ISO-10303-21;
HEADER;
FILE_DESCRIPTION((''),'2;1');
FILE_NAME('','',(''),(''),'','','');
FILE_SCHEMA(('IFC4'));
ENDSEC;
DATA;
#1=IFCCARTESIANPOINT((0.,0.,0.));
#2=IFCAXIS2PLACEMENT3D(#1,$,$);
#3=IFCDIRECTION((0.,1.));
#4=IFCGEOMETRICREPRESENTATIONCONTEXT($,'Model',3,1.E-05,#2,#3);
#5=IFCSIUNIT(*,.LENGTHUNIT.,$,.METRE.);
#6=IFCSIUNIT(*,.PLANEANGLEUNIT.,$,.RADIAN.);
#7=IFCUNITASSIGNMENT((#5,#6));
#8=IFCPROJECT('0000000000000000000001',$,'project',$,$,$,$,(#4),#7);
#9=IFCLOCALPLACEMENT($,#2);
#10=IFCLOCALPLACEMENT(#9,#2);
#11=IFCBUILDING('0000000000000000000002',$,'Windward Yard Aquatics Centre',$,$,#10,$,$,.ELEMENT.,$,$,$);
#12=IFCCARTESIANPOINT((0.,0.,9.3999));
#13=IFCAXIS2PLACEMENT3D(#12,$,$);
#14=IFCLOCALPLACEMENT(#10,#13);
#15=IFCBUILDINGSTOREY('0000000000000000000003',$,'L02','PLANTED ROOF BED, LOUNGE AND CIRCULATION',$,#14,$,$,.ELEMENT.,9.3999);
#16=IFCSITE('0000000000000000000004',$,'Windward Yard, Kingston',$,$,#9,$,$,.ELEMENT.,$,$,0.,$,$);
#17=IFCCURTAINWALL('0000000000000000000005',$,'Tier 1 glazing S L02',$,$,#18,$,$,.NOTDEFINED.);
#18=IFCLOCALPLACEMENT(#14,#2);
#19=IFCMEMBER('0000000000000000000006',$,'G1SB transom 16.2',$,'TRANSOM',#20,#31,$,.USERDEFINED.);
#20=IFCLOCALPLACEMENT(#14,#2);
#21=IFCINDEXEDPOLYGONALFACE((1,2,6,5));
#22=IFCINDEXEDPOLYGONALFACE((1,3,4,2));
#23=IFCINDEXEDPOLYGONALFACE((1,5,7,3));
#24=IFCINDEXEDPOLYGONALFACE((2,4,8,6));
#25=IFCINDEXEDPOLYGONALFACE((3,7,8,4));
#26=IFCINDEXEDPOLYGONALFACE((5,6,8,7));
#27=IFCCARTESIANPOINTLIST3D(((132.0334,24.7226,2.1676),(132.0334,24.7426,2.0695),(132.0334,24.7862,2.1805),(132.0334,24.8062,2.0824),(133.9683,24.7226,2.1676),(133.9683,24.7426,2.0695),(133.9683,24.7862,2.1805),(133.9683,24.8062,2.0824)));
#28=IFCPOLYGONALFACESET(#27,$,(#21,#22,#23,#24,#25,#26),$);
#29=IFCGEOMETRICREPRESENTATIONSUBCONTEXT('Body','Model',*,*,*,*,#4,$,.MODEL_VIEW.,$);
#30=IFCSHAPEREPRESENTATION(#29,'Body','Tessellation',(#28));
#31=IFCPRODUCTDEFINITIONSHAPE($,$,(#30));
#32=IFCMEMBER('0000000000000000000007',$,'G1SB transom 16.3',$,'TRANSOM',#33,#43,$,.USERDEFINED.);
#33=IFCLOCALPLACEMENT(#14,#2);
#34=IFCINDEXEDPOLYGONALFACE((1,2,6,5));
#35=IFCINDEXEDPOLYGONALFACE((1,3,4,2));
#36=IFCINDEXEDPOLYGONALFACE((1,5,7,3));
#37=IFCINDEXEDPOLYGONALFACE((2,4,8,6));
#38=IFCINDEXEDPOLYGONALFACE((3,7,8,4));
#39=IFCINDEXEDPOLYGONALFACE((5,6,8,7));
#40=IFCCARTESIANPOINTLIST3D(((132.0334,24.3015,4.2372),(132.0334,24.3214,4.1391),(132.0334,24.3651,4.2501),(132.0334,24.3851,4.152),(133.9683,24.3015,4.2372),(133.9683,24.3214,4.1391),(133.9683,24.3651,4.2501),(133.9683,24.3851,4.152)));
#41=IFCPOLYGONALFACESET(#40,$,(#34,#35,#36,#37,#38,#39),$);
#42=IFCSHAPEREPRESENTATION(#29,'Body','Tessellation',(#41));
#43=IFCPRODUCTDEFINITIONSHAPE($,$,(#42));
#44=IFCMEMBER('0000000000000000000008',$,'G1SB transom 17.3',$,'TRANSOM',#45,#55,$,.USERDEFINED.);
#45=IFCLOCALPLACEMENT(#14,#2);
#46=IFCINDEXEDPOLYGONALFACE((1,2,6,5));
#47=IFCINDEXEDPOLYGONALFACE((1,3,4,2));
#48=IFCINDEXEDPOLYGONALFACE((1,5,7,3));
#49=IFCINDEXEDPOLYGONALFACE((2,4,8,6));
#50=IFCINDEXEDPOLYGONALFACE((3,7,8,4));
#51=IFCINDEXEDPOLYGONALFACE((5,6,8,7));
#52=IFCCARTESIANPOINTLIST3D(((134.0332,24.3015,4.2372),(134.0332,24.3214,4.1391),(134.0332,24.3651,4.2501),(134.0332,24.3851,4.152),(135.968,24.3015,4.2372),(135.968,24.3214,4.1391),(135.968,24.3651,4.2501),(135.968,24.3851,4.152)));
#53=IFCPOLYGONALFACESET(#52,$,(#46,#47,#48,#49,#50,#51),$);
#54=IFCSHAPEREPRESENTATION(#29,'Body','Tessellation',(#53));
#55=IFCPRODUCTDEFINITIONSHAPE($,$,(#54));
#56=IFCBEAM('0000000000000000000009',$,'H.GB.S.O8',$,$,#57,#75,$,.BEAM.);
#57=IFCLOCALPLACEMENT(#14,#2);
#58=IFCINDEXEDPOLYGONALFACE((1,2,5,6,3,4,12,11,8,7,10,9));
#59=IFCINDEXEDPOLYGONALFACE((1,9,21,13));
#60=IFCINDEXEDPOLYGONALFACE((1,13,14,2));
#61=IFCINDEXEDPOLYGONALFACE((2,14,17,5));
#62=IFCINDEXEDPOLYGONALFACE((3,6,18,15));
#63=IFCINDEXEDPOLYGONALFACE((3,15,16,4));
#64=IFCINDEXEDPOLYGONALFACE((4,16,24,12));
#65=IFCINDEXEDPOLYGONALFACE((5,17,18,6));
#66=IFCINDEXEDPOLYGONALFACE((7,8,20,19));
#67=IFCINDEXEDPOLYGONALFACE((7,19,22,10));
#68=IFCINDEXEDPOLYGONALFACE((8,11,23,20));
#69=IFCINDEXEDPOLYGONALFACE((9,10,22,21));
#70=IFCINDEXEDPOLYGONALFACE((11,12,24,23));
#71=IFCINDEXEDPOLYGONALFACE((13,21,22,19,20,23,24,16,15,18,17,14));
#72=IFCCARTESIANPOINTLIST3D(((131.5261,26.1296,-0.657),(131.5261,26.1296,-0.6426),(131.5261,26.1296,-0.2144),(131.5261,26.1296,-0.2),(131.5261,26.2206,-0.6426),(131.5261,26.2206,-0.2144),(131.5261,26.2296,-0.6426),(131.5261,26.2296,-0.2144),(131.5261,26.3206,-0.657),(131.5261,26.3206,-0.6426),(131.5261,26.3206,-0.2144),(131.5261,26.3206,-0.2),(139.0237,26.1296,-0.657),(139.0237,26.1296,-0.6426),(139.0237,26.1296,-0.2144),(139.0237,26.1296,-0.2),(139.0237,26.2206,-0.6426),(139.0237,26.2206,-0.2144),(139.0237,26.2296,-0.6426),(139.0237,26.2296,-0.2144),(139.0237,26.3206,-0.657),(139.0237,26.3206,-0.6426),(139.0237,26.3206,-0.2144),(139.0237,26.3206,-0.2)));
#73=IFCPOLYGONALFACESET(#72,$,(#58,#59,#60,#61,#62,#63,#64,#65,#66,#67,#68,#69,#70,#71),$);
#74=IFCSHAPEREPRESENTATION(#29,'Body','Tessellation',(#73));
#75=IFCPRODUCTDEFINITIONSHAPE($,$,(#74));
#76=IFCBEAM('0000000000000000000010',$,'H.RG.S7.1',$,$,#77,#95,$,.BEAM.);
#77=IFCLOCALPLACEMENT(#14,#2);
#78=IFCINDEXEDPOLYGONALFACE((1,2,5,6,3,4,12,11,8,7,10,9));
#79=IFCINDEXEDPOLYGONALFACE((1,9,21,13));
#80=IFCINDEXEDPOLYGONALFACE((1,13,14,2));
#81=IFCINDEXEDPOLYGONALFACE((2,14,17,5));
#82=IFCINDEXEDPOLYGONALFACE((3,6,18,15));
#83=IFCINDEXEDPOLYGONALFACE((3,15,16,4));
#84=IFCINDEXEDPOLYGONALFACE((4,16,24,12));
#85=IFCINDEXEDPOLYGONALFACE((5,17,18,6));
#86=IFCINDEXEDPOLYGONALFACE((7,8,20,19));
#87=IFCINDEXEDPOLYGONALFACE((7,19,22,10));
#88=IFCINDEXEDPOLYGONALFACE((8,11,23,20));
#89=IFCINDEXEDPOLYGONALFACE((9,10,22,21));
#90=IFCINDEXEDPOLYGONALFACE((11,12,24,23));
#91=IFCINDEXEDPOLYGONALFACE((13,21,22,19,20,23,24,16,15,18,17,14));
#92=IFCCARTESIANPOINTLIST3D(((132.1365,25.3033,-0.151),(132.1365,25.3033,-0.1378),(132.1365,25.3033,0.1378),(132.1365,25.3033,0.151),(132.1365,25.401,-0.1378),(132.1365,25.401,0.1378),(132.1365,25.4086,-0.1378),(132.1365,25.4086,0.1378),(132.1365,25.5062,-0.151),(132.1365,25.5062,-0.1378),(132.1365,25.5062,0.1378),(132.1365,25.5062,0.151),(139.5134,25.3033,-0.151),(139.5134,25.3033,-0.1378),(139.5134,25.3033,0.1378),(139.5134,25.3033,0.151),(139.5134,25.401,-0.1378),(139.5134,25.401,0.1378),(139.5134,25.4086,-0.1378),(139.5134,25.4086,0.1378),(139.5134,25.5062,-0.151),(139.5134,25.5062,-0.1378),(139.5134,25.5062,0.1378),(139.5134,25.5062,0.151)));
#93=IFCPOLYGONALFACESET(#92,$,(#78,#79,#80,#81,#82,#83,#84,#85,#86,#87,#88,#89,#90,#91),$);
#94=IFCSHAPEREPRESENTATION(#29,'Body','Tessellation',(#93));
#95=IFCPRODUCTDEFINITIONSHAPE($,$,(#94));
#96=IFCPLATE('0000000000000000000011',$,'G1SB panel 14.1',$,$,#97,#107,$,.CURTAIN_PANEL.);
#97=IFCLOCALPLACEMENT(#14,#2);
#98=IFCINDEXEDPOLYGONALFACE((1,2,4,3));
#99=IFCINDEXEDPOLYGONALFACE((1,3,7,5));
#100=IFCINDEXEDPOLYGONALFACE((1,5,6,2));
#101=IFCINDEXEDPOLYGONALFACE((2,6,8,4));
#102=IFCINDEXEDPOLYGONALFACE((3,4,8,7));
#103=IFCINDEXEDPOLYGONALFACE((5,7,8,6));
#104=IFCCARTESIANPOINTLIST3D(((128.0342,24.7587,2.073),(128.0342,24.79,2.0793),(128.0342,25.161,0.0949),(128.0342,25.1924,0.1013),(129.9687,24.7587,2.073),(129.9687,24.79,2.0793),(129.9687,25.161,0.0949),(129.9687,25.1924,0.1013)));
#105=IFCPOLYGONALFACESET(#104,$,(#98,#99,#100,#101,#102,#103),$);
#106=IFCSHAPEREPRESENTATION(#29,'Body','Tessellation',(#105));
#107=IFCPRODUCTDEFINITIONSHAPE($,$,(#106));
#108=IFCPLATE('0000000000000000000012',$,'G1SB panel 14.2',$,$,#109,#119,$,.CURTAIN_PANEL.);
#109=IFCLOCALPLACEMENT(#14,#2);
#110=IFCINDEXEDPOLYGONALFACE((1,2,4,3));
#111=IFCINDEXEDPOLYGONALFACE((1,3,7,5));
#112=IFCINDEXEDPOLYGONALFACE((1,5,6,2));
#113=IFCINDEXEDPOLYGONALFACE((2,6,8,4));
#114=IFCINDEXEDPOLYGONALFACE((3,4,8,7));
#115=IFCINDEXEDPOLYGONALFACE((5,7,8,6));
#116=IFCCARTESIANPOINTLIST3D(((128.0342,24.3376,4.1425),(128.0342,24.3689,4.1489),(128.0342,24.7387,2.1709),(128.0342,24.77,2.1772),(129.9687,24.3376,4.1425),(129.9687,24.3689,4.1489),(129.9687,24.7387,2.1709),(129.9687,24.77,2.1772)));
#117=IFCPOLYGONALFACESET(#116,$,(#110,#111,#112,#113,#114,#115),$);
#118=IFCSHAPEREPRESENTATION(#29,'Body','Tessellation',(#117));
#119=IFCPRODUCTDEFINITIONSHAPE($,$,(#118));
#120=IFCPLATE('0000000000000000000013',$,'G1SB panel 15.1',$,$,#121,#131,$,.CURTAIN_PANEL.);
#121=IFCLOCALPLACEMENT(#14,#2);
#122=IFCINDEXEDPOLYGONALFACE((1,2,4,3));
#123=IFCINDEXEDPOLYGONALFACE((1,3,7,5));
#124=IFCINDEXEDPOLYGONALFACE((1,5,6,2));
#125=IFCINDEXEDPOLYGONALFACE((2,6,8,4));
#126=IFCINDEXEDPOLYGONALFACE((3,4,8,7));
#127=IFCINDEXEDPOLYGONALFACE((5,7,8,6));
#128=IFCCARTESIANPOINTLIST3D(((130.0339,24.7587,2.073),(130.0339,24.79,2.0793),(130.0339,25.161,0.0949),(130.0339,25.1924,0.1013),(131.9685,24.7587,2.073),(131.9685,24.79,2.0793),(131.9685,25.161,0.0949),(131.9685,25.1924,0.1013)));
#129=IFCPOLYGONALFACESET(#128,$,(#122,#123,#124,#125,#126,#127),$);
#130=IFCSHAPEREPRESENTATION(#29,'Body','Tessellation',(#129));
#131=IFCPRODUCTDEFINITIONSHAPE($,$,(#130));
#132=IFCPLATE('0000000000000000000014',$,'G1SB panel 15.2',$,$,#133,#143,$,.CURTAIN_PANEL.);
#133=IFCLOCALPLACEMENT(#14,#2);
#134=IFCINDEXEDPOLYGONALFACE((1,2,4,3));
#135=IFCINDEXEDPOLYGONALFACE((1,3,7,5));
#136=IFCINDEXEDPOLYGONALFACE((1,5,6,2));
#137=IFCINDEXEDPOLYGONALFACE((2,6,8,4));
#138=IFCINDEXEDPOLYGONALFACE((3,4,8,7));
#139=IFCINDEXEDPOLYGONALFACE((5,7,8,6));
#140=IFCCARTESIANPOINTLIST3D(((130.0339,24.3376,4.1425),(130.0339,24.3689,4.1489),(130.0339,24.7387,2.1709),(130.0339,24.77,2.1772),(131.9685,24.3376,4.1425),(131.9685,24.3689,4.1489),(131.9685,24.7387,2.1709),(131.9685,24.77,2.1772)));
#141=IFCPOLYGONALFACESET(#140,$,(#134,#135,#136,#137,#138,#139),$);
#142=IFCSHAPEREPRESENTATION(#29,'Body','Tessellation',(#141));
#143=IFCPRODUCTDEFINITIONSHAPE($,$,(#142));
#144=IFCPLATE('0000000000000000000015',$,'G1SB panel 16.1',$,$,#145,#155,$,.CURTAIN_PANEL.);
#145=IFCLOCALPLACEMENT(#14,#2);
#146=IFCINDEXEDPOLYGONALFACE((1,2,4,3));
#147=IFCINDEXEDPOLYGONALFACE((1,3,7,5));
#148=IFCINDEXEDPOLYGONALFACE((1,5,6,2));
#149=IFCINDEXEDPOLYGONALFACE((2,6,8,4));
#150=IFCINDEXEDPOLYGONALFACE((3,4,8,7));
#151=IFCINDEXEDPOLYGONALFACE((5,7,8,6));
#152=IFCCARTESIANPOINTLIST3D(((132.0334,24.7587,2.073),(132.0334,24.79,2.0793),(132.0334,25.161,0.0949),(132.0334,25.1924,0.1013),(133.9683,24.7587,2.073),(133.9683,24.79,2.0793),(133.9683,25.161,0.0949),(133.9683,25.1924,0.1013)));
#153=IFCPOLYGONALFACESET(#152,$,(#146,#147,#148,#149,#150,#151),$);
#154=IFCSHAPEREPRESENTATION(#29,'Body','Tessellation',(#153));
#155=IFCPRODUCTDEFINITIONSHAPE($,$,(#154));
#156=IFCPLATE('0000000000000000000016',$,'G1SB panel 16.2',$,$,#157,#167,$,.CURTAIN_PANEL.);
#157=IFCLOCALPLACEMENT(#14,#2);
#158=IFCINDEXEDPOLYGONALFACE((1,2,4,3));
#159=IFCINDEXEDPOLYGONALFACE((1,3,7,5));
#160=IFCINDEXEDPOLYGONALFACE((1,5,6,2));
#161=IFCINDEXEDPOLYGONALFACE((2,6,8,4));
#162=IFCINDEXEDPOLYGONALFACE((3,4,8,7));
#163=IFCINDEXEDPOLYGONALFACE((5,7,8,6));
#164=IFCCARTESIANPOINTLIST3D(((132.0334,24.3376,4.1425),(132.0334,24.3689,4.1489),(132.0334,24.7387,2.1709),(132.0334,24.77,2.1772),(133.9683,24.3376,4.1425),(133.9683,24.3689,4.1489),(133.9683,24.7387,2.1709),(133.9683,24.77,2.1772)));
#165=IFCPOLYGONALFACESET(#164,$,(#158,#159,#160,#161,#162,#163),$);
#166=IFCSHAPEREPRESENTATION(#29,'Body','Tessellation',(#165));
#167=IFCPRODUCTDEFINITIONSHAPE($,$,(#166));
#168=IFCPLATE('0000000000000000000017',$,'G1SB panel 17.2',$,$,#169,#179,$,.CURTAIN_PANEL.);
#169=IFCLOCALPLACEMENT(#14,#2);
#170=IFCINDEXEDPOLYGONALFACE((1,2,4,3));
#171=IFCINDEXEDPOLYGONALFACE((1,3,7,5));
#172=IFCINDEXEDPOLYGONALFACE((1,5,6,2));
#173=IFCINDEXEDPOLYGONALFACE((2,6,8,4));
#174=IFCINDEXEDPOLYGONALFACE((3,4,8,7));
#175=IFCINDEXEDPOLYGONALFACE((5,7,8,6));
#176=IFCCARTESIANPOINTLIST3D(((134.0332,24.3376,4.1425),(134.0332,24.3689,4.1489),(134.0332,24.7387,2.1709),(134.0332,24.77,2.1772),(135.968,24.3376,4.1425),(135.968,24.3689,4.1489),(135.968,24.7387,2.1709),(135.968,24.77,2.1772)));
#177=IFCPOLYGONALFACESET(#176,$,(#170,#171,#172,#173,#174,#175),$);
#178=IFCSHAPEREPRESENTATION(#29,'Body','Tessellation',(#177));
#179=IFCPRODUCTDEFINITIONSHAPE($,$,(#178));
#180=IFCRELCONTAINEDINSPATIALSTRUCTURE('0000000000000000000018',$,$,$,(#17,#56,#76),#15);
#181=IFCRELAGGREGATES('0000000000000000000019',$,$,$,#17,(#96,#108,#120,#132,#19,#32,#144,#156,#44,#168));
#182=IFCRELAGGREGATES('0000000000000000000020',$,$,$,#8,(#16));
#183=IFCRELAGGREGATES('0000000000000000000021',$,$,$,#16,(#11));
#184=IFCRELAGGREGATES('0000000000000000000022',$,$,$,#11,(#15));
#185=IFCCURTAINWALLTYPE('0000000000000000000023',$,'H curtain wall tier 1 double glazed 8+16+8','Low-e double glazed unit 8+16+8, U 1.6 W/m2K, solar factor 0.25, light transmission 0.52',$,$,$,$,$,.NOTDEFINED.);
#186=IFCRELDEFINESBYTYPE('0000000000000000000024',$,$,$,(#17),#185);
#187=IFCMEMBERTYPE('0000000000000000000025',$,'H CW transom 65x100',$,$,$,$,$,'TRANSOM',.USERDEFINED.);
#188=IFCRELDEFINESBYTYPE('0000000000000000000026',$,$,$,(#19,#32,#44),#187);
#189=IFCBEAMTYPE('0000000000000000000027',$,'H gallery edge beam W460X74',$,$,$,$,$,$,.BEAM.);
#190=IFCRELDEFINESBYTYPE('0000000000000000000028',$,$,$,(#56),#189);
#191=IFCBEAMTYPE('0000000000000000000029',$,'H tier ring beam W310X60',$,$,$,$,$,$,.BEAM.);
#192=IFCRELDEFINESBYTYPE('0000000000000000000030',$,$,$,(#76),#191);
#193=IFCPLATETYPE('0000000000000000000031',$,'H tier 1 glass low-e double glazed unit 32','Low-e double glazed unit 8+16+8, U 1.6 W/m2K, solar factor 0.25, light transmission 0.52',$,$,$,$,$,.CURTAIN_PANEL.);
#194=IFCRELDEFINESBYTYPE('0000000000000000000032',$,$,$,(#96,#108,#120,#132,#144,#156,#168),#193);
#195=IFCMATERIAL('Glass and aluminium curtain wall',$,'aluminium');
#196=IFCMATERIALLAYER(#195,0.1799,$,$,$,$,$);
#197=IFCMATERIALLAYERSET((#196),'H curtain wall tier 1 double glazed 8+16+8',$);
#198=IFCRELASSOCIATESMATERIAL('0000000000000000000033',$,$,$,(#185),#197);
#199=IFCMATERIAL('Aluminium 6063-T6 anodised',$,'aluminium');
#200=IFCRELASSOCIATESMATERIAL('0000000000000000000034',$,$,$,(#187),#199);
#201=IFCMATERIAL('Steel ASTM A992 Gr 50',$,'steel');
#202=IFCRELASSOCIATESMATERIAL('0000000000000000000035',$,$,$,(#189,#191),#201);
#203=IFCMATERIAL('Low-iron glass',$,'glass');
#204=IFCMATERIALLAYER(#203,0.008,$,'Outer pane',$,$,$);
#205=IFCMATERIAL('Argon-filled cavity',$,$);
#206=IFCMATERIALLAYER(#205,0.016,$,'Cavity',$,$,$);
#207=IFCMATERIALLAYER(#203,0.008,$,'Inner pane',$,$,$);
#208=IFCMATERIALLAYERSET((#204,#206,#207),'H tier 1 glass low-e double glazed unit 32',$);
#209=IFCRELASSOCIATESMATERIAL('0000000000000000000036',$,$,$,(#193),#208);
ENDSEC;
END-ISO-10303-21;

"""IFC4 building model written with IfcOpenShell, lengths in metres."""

from ifc_helpers import new_model, si_unit, direction, frame, origin, origin_2d, place, context, subcontext, project, spatial, polyline, rectangle, i_section, outline, extrude, material, layer, layer_set, material_profile, profile_set, type_object, element, aggregate, save


model = new_model("IFC4")

# Units and contexts
model_context = context("Model", 3, precision=1e-05, world=origin(), true_north=direction((0.0, 1.0)))
body_context = subcontext(model_context, "Body", "Model", "MODEL_VIEW")
ifc_project = project(units=[si_unit("LENGTHUNIT", "METRE"), si_unit("PLANEANGLEUNIT", "RADIAN")], contexts=[model_context])

# Site, building, storey
site_placement = place(None, origin())
site = spatial("IfcSite", under=ifc_project, at=site_placement, Name="Windward Yard, Kingston", CompositionType="ELEMENT", RefElevation=0.0)
building_placement = place(site_placement, origin())
building = spatial("IfcBuilding", under=site, at=building_placement, Name="Windward Yard Aquatics Centre", CompositionType="ELEMENT")
storey_placement = place(building_placement, frame((0.0, 0.0, 9.3999)))
storey = spatial("IfcBuildingStorey", under=building, at=storey_placement, Name="L02", Description="PLANTED ROOF BED, LOUNGE AND CIRCULATION", CompositionType="ELEMENT", Elevation=9.3999)

# Curtain wall, members
ifc_material_1 = material(Name="Glass and aluminium curtain wall", Category="aluminium")
ifc_layer_1 = layer(ifc_material_1, 0.1799)
ifc_layer_set_1 = layer_set([ifc_layer_1], Name="H curtain wall tier 1 double glazed 8+16+8")
curtain_wall_type = type_object("IfcCurtainWallType", Name="H curtain wall tier 1 double glazed 8+16+8", Description="Low-e double glazed unit 8+16+8, U 1.6 W/m2K, solar factor 0.25, light transmission 0.52", PredefinedType="NOTDEFINED", material=ifc_layer_set_1)
curtain_wall_placement = place(storey_placement, origin())
curtain_wall = element("IfcCurtainWall", 1, at=curtain_wall_placement, inside=storey, type_object=curtain_wall_type, Name="Tier 1 glazing S L02", PredefinedType="NOTDEFINED")
ifc_material_2 = material(Name="Aluminium 6063-T6 anodised", Category="aluminium")
ifc_material_profile_1 = material_profile(ifc_material_2, rectangle(XDim=0.0649, YDim=0.1001, at=origin_2d()), Name="H CW transom 65x100")
ifc_profile_set_1 = profile_set([ifc_material_profile_1], Name="Aluminium 6063-T6 anodised")
member_type_1 = type_object("IfcMemberType", Name="H CW transom 65x100", ElementType="TRANSOM", PredefinedType="USERDEFINED", material=ifc_profile_set_1)
member_1_placement = place(storey_placement, frame((132.0334, 24.7644, 2.125), z_axis=(1.0, 0.0, 0.0), x_axis=(0.0, 0.979925, 0.199368)))
member_1 = element("IfcMember", 2, at=member_1_placement, type_object=member_type_1, Name="G1SB transom 16.2", ObjectType="TRANSOM", PredefinedType="USERDEFINED", context=body_context, shape_type="SweptSolid", body=[
    extrude(rectangle(XDim=0.0649, YDim=0.1001, at=origin_2d()), origin(), (0.0, 0.0, 1.0), 1.9348),
])
member_2_placement = place(storey_placement, frame((132.0334, 24.3433, 4.1946), z_axis=(1.0, 0.0, 0.0), x_axis=(0.0, 0.979925, 0.199368)))
member_2 = element("IfcMember", 3, at=member_2_placement, type_object=member_type_1, Name="G1SB transom 16.3", ObjectType="TRANSOM", PredefinedType="USERDEFINED", context=body_context, shape_type="SweptSolid", body=[
    extrude(rectangle(XDim=0.0649, YDim=0.1001, at=origin_2d()), origin(), (0.0, 0.0, 1.0), 1.9348),
])
member_3_placement = place(storey_placement, frame((134.0332, 24.3433, 4.1946), z_axis=(1.0, 0.0, 0.0), x_axis=(0.0, 0.979925, 0.199368)))
member_3 = element("IfcMember", 4, at=member_3_placement, type_object=member_type_1, Name="G1SB transom 17.3", ObjectType="TRANSOM", PredefinedType="USERDEFINED", context=body_context, shape_type="SweptSolid", body=[
    extrude(rectangle(XDim=0.0649, YDim=0.1001, at=origin_2d()), origin(), (0.0, 0.0, 1.0), 1.9348),
])

# Beams
ifc_material_3 = material(Name="Steel ASTM A992 Gr 50", Category="steel")
ifc_material_profile_2 = material_profile(ifc_material_3, i_section(OverallWidth=0.1909, OverallDepth=0.457, WebThickness=0.009, FlangeThickness=0.0144, at=origin_2d()), Name="W460X74")
ifc_profile_set_2 = profile_set([ifc_material_profile_2], Name="Steel ASTM A992 Gr 50")
beam_type_1 = type_object("IfcBeamType", Name="H gallery edge beam W460X74", PredefinedType="BEAM", material=ifc_profile_set_2)
beam_1_placement = place(storey_placement, frame((131.5261, 26.2251, -0.4285), z_axis=(1.0, 0.0, 0.0), x_axis=(0.0, 1.0, 0.0)))
element("IfcBeam", 5, at=beam_1_placement, inside=storey, type_object=beam_type_1, Name="H.GB.S.O8", PredefinedType="BEAM", context=body_context, shape_type="SweptSolid", body=[
    extrude(i_section(OverallWidth=0.1909, OverallDepth=0.457, WebThickness=0.009, FlangeThickness=0.0144, at=origin_2d()), origin(), (0.0, 0.0, 1.0), 7.4976),
])
ifc_material_profile_3 = material_profile(ifc_material_3, i_section(OverallWidth=0.2029, OverallDepth=0.302, WebThickness=0.0076, FlangeThickness=0.0132, at=origin_2d()), Name="W310X60")
ifc_profile_set_3 = profile_set([ifc_material_profile_3], Name="Steel ASTM A992 Gr 50")
beam_type_2 = type_object("IfcBeamType", Name="H tier ring beam W310X60", PredefinedType="BEAM", material=ifc_profile_set_3)
beam_2_placement = place(storey_placement, frame((132.1365, 25.4048, 0.0), z_axis=(1.0, 0.0, 0.0), x_axis=(0.0, 1.0, 0.0)))
element("IfcBeam", 6, at=beam_2_placement, inside=storey, type_object=beam_type_2, Name="H.RG.S7.1", PredefinedType="BEAM", context=body_context, shape_type="SweptSolid", body=[
    extrude(i_section(OverallWidth=0.2029, OverallDepth=0.302, WebThickness=0.0076, FlangeThickness=0.0132, at=origin_2d()), origin(), (0.0, 0.0, 1.0), 7.377),
])

# Plates
ifc_material_4 = material(Name="Low-iron glass", Category="glass")
ifc_layer_2 = layer(ifc_material_4, 0.008, Name="Outer pane")
ifc_material_5 = material(Name="Argon-filled cavity")
ifc_layer_3 = layer(ifc_material_5, 0.016, Name="Cavity")
ifc_layer_4 = layer(ifc_material_4, 0.008, Name="Inner pane")
ifc_layer_set_2 = layer_set([ifc_layer_2, ifc_layer_3, ifc_layer_4], Name="H tier 1 glass low-e double glazed unit 32")
plate_type = type_object("IfcPlateType", Name="H tier 1 glass low-e double glazed unit 32", Description="Low-e double glazed unit 8+16+8, U 1.6 W/m2K, solar factor 0.25, light transmission 0.52", PredefinedType="CURTAIN_PANEL", material=ifc_layer_set_2)
plate_1_placement = place(storey_placement, frame((128.0342, 24.79, 2.0793), z_axis=(0.0, 0.979933, 0.199325), x_axis=(0.0, 0.199325, -0.979933)))
plate_1 = element("IfcPlate", 7, at=plate_1_placement, type_object=plate_type, Name="G1SB panel 14.1", PredefinedType="CURTAIN_PANEL", context=body_context, shape_type="SweptSolid", body=[
    extrude(outline(polyline([(0.0, 0.0), (2.0185, 0.0), (2.0185, -1.9346), (0.0, -1.9346), (0.0, 0.0)])), origin(), (0.0, 0.0, -1.0), 0.032),
])
plate_2_placement = place(storey_placement, frame((128.0342, 24.3689, 4.1489), z_axis=(0.0, 0.979927, 0.199359), x_axis=(0.0, 0.199359, -0.979927)))
plate_2 = element("IfcPlate", 8, at=plate_2_placement, type_object=plate_type, Name="G1SB panel 14.2", PredefinedType="CURTAIN_PANEL", context=body_context, shape_type="SweptSolid", body=[
    extrude(outline(polyline([(0.0, 0.0), (2.0121, 0.0), (2.0121, -1.9346), (0.0, -1.9346), (0.0, 0.0)])), origin(), (0.0, 0.0, -1.0), 0.032),
])
plate_3_placement = place(storey_placement, frame((130.0339, 24.79, 2.0793), z_axis=(0.0, 0.979933, 0.199325), x_axis=(0.0, 0.199325, -0.979933)))
plate_3 = element("IfcPlate", 9, at=plate_3_placement, type_object=plate_type, Name="G1SB panel 15.1", PredefinedType="CURTAIN_PANEL", context=body_context, shape_type="SweptSolid", body=[
    extrude(outline(polyline([(0.0, 0.0), (2.0185, 0.0), (2.0185, -1.9346), (0.0, -1.9346), (0.0, 0.0)])), origin(), (0.0, 0.0, -1.0), 0.032),
])
plate_4_placement = place(storey_placement, frame((130.0339, 24.3689, 4.1489), z_axis=(0.0, 0.979927, 0.199359), x_axis=(0.0, 0.199359, -0.979927)))
plate_4 = element("IfcPlate", 10, at=plate_4_placement, type_object=plate_type, Name="G1SB panel 15.2", PredefinedType="CURTAIN_PANEL", context=body_context, shape_type="SweptSolid", body=[
    extrude(outline(polyline([(0.0, 0.0), (2.0121, 0.0), (2.0121, -1.9346), (0.0, -1.9346), (0.0, 0.0)])), origin(), (0.0, 0.0, -1.0), 0.032),
])
plate_5_placement = place(storey_placement, frame((132.0334, 24.79, 2.0793), z_axis=(0.0, 0.979933, 0.199325), x_axis=(0.0, 0.199325, -0.979933)))
plate_5 = element("IfcPlate", 11, at=plate_5_placement, type_object=plate_type, Name="G1SB panel 16.1", PredefinedType="CURTAIN_PANEL", context=body_context, shape_type="SweptSolid", body=[
    extrude(outline(polyline([(0.0, 0.0), (2.0185, 0.0), (2.0185, -1.9348), (0.0, -1.9348), (0.0, 0.0)])), origin(), (0.0, 0.0, -1.0), 0.032),
])
plate_6_placement = place(storey_placement, frame((132.0334, 24.3689, 4.1489), z_axis=(0.0, 0.979927, 0.199359), x_axis=(0.0, 0.199359, -0.979927)))
plate_6 = element("IfcPlate", 12, at=plate_6_placement, type_object=plate_type, Name="G1SB panel 16.2", PredefinedType="CURTAIN_PANEL", context=body_context, shape_type="SweptSolid", body=[
    extrude(outline(polyline([(0.0, 0.0), (2.0121, 0.0), (2.0121, -1.9348), (0.0, -1.9348), (0.0, 0.0)])), origin(), (0.0, 0.0, -1.0), 0.032),
])
plate_7_placement = place(storey_placement, frame((134.0332, 24.3689, 4.1489), z_axis=(0.0, 0.979927, 0.199359), x_axis=(0.0, 0.199359, -0.979927)))
plate_7 = element("IfcPlate", 13, at=plate_7_placement, type_object=plate_type, Name="G1SB panel 17.2", PredefinedType="CURTAIN_PANEL", context=body_context, shape_type="SweptSolid", body=[
    extrude(outline(polyline([(0.0, 0.0), (2.0121, 0.0), (2.0121, -1.9348), (0.0, -1.9348), (0.0, 0.0)])), origin(), (0.0, 0.0, -1.0), 0.032),
])
aggregate(curtain_wall, [plate_1, plate_2, plate_3, plate_4, member_1, member_2, plate_5, plate_6, member_3, plate_7])

save(model, "model.ifc")
